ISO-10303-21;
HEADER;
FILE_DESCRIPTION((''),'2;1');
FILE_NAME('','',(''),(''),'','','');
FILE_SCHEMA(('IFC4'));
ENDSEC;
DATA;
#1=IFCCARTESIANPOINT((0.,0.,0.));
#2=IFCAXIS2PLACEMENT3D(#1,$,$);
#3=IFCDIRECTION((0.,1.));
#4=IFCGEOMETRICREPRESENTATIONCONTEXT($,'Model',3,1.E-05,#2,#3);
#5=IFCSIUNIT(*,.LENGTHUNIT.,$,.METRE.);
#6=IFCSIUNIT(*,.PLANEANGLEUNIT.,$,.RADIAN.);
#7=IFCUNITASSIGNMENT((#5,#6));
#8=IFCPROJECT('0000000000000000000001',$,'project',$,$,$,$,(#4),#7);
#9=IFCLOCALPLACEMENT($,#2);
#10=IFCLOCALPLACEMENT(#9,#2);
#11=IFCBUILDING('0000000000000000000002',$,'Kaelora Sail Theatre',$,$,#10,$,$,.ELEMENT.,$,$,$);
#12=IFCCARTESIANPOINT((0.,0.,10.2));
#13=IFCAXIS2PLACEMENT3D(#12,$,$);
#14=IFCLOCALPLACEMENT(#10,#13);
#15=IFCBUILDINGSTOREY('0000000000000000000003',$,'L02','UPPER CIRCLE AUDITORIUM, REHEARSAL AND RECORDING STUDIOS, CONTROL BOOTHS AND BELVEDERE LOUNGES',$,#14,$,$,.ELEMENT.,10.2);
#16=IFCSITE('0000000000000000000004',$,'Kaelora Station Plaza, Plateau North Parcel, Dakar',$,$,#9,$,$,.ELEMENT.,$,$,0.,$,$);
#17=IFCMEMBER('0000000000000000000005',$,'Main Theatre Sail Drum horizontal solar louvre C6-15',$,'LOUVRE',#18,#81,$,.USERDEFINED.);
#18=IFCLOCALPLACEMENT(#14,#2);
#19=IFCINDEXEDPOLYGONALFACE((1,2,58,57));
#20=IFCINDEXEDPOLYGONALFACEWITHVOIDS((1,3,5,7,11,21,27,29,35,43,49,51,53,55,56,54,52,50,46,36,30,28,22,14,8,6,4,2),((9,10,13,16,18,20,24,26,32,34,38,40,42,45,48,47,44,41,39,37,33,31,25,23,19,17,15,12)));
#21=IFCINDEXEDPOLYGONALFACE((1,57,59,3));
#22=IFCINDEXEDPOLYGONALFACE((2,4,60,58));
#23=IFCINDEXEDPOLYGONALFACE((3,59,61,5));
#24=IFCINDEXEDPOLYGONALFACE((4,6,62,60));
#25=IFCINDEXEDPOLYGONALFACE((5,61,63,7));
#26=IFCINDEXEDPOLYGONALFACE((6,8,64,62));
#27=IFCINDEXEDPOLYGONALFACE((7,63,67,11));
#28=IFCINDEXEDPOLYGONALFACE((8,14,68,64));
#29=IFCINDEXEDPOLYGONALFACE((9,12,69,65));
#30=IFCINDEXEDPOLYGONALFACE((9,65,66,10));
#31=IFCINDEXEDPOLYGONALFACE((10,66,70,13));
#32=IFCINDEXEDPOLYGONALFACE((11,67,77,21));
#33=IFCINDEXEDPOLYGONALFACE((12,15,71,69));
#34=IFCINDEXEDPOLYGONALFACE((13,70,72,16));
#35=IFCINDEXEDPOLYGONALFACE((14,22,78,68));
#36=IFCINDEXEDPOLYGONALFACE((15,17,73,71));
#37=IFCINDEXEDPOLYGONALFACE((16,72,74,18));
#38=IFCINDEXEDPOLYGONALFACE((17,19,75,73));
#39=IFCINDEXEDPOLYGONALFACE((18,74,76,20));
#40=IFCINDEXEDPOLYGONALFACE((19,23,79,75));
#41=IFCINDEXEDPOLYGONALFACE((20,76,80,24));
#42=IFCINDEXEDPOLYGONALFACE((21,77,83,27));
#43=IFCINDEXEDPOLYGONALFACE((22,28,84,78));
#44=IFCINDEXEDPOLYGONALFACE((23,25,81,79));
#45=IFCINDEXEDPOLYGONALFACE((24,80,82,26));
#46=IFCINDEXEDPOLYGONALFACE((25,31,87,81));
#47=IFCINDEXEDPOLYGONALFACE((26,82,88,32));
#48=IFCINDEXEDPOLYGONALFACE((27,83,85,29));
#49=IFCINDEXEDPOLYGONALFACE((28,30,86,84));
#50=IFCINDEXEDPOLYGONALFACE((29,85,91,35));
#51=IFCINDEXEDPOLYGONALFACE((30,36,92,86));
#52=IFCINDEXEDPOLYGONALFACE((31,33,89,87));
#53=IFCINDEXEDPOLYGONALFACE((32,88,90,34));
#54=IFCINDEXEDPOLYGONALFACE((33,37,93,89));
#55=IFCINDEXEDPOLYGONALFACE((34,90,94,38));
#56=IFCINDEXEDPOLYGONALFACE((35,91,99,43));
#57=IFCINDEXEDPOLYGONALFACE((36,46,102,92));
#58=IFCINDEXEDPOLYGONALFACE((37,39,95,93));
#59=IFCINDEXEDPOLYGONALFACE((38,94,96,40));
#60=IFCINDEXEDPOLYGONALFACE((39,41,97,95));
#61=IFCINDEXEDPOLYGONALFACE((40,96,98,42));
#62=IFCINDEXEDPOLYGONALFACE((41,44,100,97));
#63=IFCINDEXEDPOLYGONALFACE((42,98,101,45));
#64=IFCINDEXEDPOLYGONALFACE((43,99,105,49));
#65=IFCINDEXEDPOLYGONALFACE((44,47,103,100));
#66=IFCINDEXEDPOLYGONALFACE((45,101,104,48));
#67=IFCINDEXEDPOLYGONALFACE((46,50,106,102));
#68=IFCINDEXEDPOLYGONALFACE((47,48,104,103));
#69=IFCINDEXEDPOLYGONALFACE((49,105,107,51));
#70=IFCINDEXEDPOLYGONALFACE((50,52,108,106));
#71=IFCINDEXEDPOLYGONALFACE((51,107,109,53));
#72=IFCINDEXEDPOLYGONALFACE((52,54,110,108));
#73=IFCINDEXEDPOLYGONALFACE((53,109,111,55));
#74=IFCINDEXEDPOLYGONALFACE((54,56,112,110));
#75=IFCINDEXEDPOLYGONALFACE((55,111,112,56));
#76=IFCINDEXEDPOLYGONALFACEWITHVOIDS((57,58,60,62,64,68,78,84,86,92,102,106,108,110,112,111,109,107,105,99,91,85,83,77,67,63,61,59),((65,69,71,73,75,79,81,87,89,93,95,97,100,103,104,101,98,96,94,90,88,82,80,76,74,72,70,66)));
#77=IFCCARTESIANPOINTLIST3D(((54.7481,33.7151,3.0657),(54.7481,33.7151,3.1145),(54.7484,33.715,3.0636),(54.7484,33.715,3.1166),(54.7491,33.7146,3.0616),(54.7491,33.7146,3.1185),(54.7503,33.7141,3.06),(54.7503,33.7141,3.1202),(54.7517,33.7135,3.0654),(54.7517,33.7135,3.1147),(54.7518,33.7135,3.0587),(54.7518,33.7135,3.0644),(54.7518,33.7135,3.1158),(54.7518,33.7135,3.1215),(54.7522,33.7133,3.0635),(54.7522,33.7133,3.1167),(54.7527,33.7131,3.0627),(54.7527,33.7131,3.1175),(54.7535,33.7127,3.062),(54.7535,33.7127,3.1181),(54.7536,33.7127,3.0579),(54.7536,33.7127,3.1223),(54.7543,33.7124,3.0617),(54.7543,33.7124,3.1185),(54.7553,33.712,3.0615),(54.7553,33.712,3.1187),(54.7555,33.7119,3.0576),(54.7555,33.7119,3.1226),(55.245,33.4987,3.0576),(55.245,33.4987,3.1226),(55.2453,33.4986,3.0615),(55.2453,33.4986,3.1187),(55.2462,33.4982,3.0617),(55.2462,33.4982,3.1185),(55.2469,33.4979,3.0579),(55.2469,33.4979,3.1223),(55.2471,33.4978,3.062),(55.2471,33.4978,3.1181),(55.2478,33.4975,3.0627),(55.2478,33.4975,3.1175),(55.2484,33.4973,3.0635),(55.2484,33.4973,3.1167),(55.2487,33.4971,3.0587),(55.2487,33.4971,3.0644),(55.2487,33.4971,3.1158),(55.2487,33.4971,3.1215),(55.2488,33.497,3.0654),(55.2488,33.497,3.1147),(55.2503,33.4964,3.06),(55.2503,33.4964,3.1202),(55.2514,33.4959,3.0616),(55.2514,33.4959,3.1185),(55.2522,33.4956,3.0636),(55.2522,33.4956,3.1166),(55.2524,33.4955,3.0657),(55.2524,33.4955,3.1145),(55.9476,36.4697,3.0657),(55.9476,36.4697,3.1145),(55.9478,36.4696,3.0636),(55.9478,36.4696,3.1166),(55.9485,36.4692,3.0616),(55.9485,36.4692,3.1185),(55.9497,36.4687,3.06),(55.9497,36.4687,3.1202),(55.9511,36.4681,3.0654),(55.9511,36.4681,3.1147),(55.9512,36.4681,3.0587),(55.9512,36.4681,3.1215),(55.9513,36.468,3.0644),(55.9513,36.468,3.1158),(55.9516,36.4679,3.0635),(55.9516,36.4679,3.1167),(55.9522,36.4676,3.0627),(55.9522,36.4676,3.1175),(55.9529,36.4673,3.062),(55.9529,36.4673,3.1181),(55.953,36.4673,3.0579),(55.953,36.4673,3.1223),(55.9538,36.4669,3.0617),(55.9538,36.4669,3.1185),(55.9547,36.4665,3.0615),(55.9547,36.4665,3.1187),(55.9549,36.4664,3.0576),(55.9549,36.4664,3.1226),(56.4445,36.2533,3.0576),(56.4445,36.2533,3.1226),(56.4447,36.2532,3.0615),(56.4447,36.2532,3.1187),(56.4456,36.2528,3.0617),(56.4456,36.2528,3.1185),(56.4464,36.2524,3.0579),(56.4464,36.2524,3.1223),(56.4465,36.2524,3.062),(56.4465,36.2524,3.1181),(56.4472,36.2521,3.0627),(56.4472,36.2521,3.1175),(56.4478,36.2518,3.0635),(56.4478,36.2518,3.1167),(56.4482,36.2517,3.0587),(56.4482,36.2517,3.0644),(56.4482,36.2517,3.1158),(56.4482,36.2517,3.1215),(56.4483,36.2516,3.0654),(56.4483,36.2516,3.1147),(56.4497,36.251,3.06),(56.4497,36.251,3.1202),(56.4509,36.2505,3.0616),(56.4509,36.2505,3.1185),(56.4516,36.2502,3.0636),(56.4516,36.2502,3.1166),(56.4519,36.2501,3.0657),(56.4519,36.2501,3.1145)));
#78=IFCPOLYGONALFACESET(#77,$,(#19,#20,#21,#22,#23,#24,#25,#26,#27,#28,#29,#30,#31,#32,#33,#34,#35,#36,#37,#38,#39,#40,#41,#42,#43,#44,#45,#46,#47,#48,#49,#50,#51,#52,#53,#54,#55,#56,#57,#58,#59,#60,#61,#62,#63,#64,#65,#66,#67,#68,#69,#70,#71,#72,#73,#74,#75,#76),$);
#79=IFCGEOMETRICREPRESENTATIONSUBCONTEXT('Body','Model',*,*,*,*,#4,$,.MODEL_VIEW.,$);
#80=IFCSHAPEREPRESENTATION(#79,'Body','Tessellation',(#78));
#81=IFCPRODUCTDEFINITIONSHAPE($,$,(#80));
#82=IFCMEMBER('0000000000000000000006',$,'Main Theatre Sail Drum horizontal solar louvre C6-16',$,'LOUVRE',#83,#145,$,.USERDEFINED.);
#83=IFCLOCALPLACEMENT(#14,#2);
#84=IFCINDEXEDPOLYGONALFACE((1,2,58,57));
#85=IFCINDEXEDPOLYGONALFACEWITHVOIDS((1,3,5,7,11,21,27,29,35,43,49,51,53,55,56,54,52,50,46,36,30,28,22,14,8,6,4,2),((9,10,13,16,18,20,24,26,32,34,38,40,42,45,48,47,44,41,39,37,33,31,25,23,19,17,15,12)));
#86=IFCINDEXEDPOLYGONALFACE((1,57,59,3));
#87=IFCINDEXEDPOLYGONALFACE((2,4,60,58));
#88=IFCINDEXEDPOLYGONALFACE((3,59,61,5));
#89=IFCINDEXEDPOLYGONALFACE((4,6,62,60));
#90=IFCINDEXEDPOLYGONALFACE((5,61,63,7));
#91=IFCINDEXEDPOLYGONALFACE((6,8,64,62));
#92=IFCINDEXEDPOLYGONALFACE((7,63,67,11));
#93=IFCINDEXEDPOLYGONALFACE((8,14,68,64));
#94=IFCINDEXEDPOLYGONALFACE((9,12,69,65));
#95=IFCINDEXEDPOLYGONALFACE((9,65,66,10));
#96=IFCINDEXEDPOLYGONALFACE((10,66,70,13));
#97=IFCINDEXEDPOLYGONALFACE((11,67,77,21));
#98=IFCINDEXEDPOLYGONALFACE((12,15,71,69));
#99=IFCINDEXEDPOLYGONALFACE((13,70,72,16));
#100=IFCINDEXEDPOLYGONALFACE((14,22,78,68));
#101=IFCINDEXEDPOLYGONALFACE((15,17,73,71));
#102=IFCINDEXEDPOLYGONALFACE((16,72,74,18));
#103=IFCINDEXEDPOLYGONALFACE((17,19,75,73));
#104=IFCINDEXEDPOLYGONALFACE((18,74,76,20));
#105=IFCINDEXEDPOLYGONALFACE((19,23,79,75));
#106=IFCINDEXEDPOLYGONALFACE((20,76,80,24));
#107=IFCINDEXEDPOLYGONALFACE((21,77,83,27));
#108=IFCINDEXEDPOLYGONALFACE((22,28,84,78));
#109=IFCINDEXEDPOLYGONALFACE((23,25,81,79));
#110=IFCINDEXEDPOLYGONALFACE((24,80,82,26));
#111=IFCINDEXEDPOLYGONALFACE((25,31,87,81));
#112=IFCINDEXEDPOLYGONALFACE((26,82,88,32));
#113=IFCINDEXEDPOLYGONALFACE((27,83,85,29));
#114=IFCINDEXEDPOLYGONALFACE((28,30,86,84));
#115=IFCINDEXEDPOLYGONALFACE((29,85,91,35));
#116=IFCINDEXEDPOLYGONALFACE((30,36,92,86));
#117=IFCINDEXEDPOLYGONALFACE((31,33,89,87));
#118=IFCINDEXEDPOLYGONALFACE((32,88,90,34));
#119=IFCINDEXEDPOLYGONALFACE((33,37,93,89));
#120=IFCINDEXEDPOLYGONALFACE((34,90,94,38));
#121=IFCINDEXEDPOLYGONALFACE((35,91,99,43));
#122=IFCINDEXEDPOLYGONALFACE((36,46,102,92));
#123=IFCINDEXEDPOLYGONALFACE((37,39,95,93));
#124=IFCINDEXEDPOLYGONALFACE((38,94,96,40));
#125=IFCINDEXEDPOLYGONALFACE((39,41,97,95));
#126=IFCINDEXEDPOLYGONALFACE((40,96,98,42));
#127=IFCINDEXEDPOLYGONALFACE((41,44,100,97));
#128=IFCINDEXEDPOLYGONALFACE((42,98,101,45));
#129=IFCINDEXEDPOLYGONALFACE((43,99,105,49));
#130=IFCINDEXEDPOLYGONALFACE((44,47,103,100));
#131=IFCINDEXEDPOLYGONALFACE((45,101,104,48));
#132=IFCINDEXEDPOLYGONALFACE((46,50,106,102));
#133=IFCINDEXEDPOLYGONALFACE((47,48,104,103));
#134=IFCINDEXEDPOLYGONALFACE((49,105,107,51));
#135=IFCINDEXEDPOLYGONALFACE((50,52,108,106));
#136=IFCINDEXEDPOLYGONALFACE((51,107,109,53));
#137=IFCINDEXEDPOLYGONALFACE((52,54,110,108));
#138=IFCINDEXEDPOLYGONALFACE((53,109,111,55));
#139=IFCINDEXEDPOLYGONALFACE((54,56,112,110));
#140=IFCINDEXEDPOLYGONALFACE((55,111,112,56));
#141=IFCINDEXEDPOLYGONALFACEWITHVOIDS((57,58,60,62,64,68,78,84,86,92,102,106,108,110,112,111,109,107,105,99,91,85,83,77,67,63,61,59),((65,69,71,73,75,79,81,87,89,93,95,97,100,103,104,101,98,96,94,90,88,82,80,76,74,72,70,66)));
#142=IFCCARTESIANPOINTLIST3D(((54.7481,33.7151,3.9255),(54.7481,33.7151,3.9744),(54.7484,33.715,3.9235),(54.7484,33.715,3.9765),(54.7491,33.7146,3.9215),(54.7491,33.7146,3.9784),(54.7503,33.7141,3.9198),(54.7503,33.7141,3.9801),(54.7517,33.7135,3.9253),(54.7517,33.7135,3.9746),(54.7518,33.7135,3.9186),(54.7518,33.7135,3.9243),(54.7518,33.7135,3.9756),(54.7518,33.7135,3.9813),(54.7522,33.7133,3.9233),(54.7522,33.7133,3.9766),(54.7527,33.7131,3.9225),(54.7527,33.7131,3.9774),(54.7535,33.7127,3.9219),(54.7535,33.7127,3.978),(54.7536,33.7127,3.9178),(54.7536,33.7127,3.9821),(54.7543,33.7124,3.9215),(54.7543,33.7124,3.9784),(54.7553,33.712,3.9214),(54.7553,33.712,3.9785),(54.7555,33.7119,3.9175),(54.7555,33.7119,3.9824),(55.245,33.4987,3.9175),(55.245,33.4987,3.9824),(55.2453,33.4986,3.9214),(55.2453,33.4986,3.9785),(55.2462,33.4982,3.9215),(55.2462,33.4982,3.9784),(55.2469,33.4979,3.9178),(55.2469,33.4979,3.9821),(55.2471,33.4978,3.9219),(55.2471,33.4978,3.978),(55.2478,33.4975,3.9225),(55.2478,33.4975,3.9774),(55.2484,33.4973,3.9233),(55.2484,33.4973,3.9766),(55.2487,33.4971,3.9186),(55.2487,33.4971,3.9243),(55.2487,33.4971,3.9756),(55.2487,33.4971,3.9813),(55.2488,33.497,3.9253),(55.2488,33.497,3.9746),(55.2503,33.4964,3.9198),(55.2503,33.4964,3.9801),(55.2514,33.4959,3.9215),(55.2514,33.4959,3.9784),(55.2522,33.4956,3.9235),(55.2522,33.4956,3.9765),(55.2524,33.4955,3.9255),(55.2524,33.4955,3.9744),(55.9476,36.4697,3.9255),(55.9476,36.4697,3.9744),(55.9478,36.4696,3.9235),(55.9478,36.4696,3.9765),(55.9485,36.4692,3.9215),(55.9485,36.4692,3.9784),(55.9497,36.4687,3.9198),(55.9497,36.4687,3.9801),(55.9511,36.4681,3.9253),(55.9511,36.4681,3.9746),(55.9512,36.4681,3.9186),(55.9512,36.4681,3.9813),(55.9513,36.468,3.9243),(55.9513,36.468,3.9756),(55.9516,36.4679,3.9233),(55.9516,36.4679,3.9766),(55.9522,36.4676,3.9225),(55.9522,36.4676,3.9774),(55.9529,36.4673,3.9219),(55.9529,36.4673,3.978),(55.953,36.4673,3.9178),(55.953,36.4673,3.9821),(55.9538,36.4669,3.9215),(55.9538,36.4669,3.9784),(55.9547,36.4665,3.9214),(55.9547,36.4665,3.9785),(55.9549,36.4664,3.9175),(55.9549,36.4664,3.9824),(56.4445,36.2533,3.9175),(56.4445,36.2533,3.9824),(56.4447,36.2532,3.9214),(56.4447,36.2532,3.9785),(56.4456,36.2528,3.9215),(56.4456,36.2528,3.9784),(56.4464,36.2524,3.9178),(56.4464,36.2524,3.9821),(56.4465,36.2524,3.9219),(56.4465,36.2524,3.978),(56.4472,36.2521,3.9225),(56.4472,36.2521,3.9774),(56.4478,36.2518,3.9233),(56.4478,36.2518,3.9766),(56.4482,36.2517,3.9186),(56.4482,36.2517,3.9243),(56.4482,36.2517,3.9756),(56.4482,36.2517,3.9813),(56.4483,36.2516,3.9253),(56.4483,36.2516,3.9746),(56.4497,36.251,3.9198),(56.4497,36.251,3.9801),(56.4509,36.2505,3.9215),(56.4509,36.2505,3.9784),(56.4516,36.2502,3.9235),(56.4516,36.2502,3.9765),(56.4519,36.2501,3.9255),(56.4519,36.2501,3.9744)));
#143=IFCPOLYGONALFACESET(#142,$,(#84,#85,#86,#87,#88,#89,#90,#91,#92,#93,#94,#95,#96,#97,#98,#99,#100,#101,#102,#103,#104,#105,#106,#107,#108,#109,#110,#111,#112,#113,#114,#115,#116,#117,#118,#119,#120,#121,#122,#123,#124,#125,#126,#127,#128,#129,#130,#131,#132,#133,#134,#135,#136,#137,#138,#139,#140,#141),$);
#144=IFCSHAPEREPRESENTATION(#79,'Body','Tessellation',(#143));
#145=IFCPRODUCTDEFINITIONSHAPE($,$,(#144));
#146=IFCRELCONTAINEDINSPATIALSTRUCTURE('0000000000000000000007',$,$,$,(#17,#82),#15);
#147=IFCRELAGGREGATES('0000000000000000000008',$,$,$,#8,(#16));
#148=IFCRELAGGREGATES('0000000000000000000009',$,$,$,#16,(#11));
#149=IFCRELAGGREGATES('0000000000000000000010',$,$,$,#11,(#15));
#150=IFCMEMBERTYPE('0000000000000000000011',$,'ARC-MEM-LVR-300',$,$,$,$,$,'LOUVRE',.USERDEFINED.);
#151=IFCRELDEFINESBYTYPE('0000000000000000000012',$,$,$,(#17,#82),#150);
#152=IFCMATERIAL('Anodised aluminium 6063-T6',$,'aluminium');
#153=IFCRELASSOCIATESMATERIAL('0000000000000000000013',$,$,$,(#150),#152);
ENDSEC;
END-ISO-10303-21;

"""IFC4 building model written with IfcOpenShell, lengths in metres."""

from ifc_helpers import new_model, si_unit, direction, frame, origin, origin_2d, place, context, subcontext, project, spatial, hollow_rectangle, extrude, material, material_profile, profile_set, type_object, element, save


model = new_model("IFC4")

# Units and contexts
model_context = context("Model", 3, precision=1e-05, world=origin(), true_north=direction((0.0, 1.0)))
body_context = subcontext(model_context, "Body", "Model", "MODEL_VIEW")
ifc_project = project(units=[si_unit("LENGTHUNIT", "METRE"), si_unit("PLANEANGLEUNIT", "RADIAN")], contexts=[model_context])

# Site, building, storey
site_placement = place(None, origin())
site = spatial("IfcSite", under=ifc_project, at=site_placement, Name="Kaelora Station Plaza, Plateau North Parcel, Dakar", CompositionType="ELEMENT", RefElevation=0.0)
building_placement = place(site_placement, origin())
building = spatial("IfcBuilding", under=site, at=building_placement, Name="Kaelora Sail Theatre", CompositionType="ELEMENT")
storey_placement = place(building_placement, frame((0.0, 0.0, 10.2)))
storey = spatial("IfcBuildingStorey", under=building, at=storey_placement, Name="L02", Description="UPPER CIRCLE AUDITORIUM, REHEARSAL AND RECORDING STUDIOS, CONTROL BOOTHS AND BELVEDERE LOUNGES", CompositionType="ELEMENT", Elevation=10.2)

# Members
ifc_material_1 = material(Name="Anodised aluminium 6063-T6", Category="aluminium")
ifc_material_profile_1 = material_profile(ifc_material_1, hollow_rectangle(XDim=0.55, YDim=0.0649, WallThickness=0.0039, InnerFilletRadius=0.0039, OuterFilletRadius=0.0081, at=origin_2d()), Name="LOUVRE 550x65x4")
ifc_profile_set_1 = profile_set([ifc_material_profile_1], Name="Anodised aluminium 6063-T6")
member_type = type_object("IfcMemberType", Name="ARC-MEM-LVR-300", ElementType="LOUVRE", PredefinedType="USERDEFINED", material=ifc_profile_set_1)
for number, where, z_axis, x_axis, name in (
    (1, (56.1997, 36.3599, 3.0901), (-0.399228, -0.916852, 0.0), (0.916852, -0.399228, 0.0), "Main Theatre Sail Drum horizontal solar louvre C6-15"),
    (2, (56.1997, 36.3599, 3.95), (-0.399228, -0.916852, 0.0), (0.916852, -0.399228, 0.0), "Main Theatre Sail Drum horizontal solar louvre C6-16"),
):
    element("IfcMember", number, at=place(storey_placement, frame(where, z_axis=z_axis, x_axis=x_axis)), inside=storey, type_object=member_type, Name=name, ObjectType="LOUVRE", PredefinedType="USERDEFINED", context=body_context, shape_type="SweptSolid", body=[
        extrude(hollow_rectangle(XDim=0.55, YDim=0.0649, WallThickness=0.0039, InnerFilletRadius=0.0039, OuterFilletRadius=0.0081, at=origin_2d()), origin(), (0.0, 0.0, 1.0), 3.0044),
    ])

save(model, "model.ifc")
